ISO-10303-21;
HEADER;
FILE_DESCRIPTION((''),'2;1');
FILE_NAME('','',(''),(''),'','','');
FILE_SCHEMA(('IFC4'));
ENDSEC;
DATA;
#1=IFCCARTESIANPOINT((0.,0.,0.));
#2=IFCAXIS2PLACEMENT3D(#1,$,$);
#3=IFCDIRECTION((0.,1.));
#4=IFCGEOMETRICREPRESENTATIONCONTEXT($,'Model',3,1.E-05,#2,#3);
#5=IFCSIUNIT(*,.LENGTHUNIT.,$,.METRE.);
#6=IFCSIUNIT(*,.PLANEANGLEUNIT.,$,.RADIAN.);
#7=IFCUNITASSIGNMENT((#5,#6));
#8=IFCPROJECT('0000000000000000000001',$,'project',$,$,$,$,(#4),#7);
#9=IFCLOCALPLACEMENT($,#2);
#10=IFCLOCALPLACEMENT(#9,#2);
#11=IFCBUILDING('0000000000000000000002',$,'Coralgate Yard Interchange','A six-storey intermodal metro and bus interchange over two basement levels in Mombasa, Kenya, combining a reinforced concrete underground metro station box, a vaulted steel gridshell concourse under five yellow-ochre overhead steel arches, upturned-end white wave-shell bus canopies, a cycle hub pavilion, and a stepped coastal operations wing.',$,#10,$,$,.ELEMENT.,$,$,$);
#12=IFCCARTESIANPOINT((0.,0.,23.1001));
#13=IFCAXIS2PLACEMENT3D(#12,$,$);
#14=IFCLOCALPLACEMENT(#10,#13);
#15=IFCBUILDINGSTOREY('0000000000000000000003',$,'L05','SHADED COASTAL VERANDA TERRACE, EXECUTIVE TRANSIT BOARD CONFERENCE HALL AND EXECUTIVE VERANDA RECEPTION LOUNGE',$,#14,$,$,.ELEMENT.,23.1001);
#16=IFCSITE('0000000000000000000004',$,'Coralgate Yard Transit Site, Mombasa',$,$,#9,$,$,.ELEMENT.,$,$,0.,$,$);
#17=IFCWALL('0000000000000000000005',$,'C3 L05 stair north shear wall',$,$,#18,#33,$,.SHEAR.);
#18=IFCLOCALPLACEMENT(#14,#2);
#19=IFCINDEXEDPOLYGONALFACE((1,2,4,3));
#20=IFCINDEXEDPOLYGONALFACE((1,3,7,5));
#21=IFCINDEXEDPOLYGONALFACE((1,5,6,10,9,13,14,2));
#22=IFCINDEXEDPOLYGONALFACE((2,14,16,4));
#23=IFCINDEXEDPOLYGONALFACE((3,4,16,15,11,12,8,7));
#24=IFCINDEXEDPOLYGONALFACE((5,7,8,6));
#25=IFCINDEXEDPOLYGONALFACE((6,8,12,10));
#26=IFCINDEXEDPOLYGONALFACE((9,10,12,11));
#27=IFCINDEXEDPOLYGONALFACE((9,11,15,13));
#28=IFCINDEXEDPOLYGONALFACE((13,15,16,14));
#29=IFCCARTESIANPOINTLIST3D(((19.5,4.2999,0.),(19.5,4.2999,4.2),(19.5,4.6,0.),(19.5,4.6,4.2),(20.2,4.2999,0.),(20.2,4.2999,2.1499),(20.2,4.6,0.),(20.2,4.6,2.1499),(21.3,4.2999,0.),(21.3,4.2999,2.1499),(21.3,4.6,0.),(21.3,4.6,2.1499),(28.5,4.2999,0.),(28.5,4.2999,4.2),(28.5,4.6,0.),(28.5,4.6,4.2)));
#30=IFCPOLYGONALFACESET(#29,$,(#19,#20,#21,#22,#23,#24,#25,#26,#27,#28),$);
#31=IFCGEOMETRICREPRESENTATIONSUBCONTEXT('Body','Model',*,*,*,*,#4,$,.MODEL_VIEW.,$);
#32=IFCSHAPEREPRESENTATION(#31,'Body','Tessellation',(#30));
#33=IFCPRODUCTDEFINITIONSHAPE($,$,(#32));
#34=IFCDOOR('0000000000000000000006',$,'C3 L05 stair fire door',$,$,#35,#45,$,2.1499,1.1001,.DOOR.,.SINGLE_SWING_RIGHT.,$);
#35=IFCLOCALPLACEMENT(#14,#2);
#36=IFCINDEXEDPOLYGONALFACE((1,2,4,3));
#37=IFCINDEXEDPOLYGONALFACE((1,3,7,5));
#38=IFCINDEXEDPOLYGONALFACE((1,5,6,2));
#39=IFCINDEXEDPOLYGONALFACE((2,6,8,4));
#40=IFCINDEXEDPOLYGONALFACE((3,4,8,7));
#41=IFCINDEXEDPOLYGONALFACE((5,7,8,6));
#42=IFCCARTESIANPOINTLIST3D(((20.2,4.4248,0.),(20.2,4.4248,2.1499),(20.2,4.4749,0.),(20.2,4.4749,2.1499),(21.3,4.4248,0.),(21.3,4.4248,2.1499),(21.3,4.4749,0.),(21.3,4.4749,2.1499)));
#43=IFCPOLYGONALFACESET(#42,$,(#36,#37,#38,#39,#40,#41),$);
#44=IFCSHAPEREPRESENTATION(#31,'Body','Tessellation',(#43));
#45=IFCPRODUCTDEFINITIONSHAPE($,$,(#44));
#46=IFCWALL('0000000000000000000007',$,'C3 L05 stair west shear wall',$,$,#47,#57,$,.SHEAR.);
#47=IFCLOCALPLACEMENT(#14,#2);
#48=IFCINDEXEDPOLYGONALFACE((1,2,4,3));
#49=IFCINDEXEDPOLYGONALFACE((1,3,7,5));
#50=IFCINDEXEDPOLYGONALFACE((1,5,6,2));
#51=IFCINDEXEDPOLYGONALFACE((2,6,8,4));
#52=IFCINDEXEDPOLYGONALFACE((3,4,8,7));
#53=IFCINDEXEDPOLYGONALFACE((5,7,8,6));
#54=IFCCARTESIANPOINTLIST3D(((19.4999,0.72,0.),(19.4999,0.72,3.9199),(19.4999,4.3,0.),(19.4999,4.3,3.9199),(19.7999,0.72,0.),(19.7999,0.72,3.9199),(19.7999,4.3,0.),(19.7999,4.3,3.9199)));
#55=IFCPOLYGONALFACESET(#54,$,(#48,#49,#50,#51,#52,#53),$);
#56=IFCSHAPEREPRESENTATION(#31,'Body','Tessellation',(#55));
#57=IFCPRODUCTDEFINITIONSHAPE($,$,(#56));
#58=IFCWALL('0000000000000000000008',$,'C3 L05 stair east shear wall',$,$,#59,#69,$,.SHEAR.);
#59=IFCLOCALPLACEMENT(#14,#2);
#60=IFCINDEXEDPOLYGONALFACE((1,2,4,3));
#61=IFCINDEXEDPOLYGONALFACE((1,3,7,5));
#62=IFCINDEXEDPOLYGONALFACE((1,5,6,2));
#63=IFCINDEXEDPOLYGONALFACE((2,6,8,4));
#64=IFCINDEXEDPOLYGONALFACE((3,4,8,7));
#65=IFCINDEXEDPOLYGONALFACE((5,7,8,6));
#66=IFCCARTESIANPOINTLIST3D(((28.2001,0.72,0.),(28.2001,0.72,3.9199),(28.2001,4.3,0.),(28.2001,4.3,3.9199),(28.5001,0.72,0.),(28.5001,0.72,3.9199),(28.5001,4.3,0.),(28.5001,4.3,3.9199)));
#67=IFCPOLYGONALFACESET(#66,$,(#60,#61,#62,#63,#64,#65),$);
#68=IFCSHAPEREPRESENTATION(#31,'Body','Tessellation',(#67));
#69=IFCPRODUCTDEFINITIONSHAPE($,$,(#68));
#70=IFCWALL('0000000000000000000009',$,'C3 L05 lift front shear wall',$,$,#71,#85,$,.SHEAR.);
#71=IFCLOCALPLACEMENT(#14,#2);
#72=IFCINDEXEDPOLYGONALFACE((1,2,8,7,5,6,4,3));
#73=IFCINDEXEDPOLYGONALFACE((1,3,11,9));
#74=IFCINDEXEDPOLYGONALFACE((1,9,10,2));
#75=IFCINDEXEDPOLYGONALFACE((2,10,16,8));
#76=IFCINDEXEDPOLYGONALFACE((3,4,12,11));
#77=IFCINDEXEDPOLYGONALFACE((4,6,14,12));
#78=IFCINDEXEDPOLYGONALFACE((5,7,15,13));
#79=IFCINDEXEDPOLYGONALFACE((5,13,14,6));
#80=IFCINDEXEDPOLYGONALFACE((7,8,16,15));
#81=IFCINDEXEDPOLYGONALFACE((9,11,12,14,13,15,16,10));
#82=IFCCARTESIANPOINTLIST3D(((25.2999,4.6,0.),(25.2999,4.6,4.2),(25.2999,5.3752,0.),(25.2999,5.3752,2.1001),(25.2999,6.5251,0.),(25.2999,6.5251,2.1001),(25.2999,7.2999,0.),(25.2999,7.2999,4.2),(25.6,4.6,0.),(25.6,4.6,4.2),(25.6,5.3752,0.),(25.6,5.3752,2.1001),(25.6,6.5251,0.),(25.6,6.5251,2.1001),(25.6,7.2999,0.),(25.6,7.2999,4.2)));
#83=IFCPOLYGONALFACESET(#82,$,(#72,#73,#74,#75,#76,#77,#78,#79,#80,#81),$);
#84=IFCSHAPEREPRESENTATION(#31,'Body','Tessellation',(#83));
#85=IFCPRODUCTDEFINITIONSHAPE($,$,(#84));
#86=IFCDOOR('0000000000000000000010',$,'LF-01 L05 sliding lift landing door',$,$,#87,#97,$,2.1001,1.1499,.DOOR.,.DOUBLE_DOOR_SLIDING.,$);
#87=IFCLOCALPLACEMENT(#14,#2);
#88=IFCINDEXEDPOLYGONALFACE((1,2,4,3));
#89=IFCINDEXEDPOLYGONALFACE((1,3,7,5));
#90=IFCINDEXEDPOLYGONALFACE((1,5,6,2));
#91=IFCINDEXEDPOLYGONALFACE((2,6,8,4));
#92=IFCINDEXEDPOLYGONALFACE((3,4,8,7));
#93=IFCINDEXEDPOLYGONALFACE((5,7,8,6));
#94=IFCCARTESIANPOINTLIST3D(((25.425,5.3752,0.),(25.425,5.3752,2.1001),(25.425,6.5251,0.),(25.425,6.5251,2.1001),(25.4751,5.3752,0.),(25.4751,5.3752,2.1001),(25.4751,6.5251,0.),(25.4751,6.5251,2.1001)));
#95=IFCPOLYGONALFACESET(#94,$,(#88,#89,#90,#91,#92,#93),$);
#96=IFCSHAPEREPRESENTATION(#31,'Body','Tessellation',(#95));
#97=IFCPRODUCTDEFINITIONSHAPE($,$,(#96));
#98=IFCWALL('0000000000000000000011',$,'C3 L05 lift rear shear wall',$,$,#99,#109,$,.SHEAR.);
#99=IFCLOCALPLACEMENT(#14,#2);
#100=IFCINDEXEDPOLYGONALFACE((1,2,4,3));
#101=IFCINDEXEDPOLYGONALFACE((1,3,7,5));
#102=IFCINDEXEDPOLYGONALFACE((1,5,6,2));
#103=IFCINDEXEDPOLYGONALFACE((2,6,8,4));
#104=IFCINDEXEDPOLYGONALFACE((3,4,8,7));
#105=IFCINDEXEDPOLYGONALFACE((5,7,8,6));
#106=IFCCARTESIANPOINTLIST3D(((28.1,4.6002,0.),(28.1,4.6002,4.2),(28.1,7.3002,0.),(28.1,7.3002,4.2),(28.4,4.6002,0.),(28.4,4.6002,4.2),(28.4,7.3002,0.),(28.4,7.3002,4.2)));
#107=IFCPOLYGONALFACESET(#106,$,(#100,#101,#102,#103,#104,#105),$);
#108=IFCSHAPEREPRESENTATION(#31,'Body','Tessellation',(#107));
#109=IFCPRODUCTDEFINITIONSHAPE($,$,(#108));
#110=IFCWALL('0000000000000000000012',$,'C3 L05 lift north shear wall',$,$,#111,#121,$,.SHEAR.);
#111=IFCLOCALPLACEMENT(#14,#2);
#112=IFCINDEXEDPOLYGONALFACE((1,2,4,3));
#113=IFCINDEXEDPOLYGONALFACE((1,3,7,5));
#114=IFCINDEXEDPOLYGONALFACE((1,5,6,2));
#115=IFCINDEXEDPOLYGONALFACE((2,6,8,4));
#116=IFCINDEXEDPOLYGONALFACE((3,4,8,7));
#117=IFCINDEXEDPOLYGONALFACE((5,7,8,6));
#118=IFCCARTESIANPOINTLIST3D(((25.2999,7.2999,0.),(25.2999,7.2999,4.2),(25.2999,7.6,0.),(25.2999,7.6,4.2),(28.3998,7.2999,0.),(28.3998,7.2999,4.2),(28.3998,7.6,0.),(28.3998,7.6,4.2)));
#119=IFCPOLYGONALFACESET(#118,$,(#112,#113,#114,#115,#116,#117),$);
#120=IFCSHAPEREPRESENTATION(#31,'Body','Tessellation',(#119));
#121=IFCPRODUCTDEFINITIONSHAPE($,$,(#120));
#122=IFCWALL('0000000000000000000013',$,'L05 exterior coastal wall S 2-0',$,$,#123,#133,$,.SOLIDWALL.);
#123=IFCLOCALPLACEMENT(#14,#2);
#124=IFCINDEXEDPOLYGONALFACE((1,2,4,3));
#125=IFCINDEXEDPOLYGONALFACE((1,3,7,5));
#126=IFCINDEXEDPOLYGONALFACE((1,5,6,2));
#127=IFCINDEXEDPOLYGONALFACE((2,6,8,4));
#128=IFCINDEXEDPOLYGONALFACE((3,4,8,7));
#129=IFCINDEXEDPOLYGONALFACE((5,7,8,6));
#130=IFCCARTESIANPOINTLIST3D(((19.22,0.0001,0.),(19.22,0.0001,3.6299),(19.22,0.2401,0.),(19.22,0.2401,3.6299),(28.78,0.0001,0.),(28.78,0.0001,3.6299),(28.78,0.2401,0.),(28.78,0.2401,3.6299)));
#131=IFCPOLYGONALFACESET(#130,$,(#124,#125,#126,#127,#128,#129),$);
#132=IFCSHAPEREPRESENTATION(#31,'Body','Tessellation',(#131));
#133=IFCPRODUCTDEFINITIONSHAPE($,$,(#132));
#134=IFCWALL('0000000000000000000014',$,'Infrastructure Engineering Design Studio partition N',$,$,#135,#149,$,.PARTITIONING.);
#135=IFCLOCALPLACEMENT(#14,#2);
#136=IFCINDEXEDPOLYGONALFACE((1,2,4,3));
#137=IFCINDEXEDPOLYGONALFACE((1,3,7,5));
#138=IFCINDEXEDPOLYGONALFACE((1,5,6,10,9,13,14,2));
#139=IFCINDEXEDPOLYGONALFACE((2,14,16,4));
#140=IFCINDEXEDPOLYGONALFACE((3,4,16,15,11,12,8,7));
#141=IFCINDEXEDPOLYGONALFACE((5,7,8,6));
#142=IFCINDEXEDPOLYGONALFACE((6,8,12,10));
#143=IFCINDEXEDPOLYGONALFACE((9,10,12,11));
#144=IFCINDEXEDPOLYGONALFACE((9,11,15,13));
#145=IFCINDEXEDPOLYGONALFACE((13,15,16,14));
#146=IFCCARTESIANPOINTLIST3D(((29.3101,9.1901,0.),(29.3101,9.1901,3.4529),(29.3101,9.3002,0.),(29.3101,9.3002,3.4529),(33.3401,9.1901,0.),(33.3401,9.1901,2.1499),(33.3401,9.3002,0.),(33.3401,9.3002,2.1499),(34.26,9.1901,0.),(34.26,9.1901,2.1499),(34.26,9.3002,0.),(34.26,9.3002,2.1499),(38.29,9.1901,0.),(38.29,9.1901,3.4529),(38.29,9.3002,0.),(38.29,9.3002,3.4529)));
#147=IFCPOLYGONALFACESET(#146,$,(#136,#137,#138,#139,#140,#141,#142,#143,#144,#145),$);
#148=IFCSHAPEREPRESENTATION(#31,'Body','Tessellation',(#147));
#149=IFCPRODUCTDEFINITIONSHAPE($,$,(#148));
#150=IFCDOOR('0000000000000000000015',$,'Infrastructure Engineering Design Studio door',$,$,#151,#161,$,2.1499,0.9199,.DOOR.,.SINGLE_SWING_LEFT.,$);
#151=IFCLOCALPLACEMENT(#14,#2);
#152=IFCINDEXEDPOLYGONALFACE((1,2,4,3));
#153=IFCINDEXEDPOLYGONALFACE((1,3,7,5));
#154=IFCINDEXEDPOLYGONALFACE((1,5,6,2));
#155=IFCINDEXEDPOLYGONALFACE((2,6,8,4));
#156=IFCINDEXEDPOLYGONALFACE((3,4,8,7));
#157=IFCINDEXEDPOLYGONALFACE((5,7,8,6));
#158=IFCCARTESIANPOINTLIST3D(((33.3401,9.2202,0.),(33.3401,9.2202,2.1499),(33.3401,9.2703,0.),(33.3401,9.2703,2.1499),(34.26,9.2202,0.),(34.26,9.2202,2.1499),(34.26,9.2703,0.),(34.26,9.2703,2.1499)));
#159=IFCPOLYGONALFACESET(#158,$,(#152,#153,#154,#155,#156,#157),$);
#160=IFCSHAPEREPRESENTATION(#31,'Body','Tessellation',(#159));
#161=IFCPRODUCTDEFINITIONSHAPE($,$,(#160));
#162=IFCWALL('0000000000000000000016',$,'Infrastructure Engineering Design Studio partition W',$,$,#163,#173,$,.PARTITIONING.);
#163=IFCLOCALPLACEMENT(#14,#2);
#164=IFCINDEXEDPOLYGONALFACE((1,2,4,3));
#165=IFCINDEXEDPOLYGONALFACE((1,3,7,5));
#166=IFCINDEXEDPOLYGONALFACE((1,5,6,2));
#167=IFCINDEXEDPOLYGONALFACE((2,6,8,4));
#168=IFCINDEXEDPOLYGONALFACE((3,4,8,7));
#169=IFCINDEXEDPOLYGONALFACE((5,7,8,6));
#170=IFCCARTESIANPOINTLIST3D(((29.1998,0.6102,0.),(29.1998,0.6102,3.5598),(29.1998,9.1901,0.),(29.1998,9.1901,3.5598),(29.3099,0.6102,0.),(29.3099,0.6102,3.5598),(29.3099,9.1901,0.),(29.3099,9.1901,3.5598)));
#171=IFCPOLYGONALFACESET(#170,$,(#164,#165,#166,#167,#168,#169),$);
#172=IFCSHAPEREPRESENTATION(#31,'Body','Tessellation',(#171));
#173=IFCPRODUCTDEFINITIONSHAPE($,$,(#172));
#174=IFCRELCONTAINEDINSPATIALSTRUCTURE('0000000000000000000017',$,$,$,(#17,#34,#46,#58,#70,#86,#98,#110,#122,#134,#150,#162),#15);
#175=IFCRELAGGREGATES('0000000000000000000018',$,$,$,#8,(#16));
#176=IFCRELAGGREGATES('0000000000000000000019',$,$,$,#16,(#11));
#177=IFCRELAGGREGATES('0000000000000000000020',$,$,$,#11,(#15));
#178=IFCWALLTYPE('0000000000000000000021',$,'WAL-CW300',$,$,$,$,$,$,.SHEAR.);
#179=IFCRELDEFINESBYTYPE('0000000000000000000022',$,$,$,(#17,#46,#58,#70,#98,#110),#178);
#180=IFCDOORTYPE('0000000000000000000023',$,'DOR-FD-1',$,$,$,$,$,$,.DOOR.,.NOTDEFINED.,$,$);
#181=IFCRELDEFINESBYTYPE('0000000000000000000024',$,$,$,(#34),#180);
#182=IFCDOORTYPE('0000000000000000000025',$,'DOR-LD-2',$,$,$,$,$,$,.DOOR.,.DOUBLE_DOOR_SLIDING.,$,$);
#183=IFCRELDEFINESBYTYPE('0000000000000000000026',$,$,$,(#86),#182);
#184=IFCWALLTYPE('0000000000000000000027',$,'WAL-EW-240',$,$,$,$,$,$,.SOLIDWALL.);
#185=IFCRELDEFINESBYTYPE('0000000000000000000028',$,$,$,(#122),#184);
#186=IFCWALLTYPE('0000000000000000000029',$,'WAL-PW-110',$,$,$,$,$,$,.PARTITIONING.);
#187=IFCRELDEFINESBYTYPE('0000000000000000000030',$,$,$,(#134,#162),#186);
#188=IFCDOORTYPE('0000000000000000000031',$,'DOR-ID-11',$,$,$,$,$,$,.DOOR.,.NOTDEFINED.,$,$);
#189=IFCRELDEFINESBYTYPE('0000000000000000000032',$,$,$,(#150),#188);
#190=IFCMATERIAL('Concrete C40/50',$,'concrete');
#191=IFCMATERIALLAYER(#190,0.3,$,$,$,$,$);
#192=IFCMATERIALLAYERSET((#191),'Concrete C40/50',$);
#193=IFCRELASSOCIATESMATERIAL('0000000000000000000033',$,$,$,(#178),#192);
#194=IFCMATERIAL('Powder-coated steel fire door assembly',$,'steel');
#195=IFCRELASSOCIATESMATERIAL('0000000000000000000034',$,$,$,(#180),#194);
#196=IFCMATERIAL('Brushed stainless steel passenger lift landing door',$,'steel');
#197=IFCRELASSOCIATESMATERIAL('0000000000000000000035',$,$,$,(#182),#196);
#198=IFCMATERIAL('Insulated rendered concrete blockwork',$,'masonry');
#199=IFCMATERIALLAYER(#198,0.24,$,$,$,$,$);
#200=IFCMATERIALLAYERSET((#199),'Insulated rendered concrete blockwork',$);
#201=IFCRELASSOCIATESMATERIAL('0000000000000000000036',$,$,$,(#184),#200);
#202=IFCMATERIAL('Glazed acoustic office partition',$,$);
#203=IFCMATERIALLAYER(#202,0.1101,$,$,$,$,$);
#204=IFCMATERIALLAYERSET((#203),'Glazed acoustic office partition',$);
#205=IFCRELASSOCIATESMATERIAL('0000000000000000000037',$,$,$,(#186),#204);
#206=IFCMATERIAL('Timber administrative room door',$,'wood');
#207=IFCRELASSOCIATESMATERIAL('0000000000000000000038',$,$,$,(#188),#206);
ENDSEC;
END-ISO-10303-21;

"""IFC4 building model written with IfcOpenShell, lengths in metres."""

from ifc_helpers import new_model, si_unit, direction, frame, frame_2d, origin, place, context, subcontext, project, spatial, rectangle, extrude, material, layer, layer_set, type_object, element, fill, save


model = new_model("IFC4")

# Units and contexts
model_context = context("Model", 3, precision=1e-05, world=origin(), true_north=direction((0.0, 1.0)))
body_context = subcontext(model_context, "Body", "Model", "MODEL_VIEW")
ifc_project = project(units=[si_unit("LENGTHUNIT", "METRE"), si_unit("PLANEANGLEUNIT", "RADIAN")], contexts=[model_context])

# Site, building, storey
site_placement = place(None, origin())
site = spatial("IfcSite", under=ifc_project, at=site_placement, Name="Coralgate Yard Transit Site, Mombasa", CompositionType="ELEMENT", RefElevation=0.0)
building_placement = place(site_placement, origin())
building = spatial("IfcBuilding", under=site, at=building_placement, Name="Coralgate Yard Interchange", Description="A six-storey intermodal metro and bus interchange over two basement levels in Mombasa, Kenya, combining a reinforced concrete underground metro station box, a vaulted steel gridshell concourse under five yellow-ochre overhead steel arches, upturned-end white wave-shell bus canopies, a cycle hub pavilion, and a stepped coastal operations wing.", CompositionType="ELEMENT")
storey_placement = place(building_placement, frame((0.0, 0.0, 23.1001)))
storey = spatial("IfcBuildingStorey", under=building, at=storey_placement, Name="L05", Description="SHADED COASTAL VERANDA TERRACE, EXECUTIVE TRANSIT BOARD CONFERENCE HALL AND EXECUTIVE VERANDA RECEPTION LOUNGE", CompositionType="ELEMENT", Elevation=23.1001)

# Shared definitions
ifc_material_1 = material(Name="Concrete C40/50", Category="concrete")
ifc_layer_1 = layer(ifc_material_1, 0.3)
ifc_layer_set_1 = layer_set([ifc_layer_1], Name="Concrete C40/50")
wall_type_1 = type_object("IfcWallType", Name="WAL-CW300", PredefinedType="SHEAR", material=ifc_layer_set_1)

# Wall, opening, door
wall_1_placement = place(storey_placement, frame((28.5, 4.45, 0.0), z_axis=(0.0, 0.0, 1.0), x_axis=(-1.0, 0.0, 0.0)))
wall_1 = element("IfcWall", 1, at=wall_1_placement, inside=storey, type_object=wall_type_1, Name="C3 L05 stair north shear wall", PredefinedType="SHEAR", context=body_context, shape_type="SweptSolid", body=[
    extrude(rectangle(XDim=9.0, YDim=0.3, at=frame_2d((4.5, 0.0))), origin(), (0.0, 0.0, 1.0), 4.2),
])
opening_1_placement = place(wall_1_placement, frame((7.2, 0.0, 0.0)))
opening_1 = element("IfcOpeningElement", 2, at=opening_1_placement, cuts=wall_1, PredefinedType="OPENING", context=body_context, shape_type="SweptSolid", body=[
    extrude(rectangle(XDim=1.1001, YDim=2.1499, at=frame_2d((0.55, 1.075))), frame((0.0, 0.1599, 0.0), z_axis=(0.0, -1.0, 0.0), x_axis=(1.0, 0.0, 0.0)), (0.0, 0.0, 1.0), 0.3201),
])
ifc_material_2 = material(Name="Powder-coated steel fire door assembly", Category="steel")
door_type_1 = type_object("IfcDoorType", Name="DOR-FD-1", OperationType="NOTDEFINED", PredefinedType="DOOR", material=ifc_material_2)
door_1_placement = place(opening_1_placement, frame((1.1001, 0.0, 0.0), z_axis=(0.0, 0.0, 1.0), x_axis=(-1.0, 0.0, 0.0)))
door_1 = element("IfcDoor", 3, at=door_1_placement, inside=storey, type_object=door_type_1, Name="C3 L05 stair fire door", OperationType="SINGLE_SWING_RIGHT", OverallHeight=2.1499, OverallWidth=1.1001, PredefinedType="DOOR", context=body_context, shape_type="SweptSolid", body=[
    extrude(rectangle(XDim=1.1001, YDim=2.1499, at=frame_2d((0.55, 1.075))), frame((0.0, 0.0249, 0.0), z_axis=(0.0, -1.0, 0.0), x_axis=(1.0, 0.0, 0.0)), (0.0, 0.0, 1.0), 0.05),
])
fill(opening_1, door_1)

# Walls
for number, where, z_axis, x_axis, name in (
    (4, (19.6499, 0.72, 0.0), (0.0, 0.0, 1.0), (0.0, 1.0, 0.0), "C3 L05 stair west shear wall"),
    (5, (28.3501, 4.3, 0.0), (0.0, 0.0, 1.0), (0.0, -1.0, 0.0), "C3 L05 stair east shear wall"),
):
    element("IfcWall", number, at=place(storey_placement, frame(where, z_axis=z_axis, x_axis=x_axis)), inside=storey, type_object=wall_type_1, Name=name, PredefinedType="SHEAR", context=body_context, shape_type="SweptSolid", body=[
        extrude(rectangle(XDim=3.5801, YDim=0.3, at=frame_2d((1.79, 0.0))), origin(), (0.0, 0.0, 1.0), 3.9199),
    ])

# Wall, opening, door
wall_2_placement = place(storey_placement, frame((25.45, 7.3, 0.0), z_axis=(0.0, 0.0, 1.0), x_axis=(0.0, -1.0, 0.0)))
wall_2 = element("IfcWall", 6, at=wall_2_placement, inside=storey, type_object=wall_type_1, Name="C3 L05 lift front shear wall", PredefinedType="SHEAR", context=body_context, shape_type="SweptSolid", body=[
    extrude(rectangle(XDim=2.7, YDim=0.3, at=frame_2d((1.3501, 0.0))), origin(), (0.0, 0.0, 1.0), 4.2),
])
opening_2_placement = place(wall_2_placement, frame((0.7749, 0.0, 0.0)))
opening_2 = element("IfcOpeningElement", 7, at=opening_2_placement, cuts=wall_2, PredefinedType="OPENING", context=body_context, shape_type="SweptSolid", body=[
    extrude(rectangle(XDim=1.1499, YDim=2.1001, at=frame_2d((0.575, 1.05))), frame((0.0, 0.1599, 0.0), z_axis=(0.0, -1.0, 0.0), x_axis=(1.0, 0.0, 0.0)), (0.0, 0.0, 1.0), 0.3201),
])
ifc_material_3 = material(Name="Brushed stainless steel passenger lift landing door", Category="steel")
door_type_2 = type_object("IfcDoorType", Name="DOR-LD-2", OperationType="DOUBLE_DOOR_SLIDING", PredefinedType="DOOR", material=ifc_material_3)
door_2_placement = place(opening_2_placement, frame((1.1499, 0.0, 0.0), z_axis=(0.0, 0.0, 1.0), x_axis=(-1.0, 0.0, 0.0)))
door_2 = element("IfcDoor", 8, at=door_2_placement, inside=storey, type_object=door_type_2, Name="LF-01 L05 sliding lift landing door", OperationType="DOUBLE_DOOR_SLIDING", OverallHeight=2.1001, OverallWidth=1.1499, PredefinedType="DOOR", context=body_context, shape_type="SweptSolid", body=[
    extrude(rectangle(XDim=1.1499, YDim=2.1001, at=frame_2d((0.575, 1.05))), frame((0.0, 0.0249, 0.0), z_axis=(0.0, -1.0, 0.0), x_axis=(1.0, 0.0, 0.0)), (0.0, 0.0, 1.0), 0.05),
])
fill(opening_2, door_2)

# Walls
wall_3_placement = place(storey_placement, frame((28.25, 4.6001, 0.0), z_axis=(0.0, 0.0, 1.0), x_axis=(0.0, 1.0, 0.0)))
element("IfcWall", 9, at=wall_3_placement, inside=storey, type_object=wall_type_1, Name="C3 L05 lift rear shear wall", PredefinedType="SHEAR", context=body_context, shape_type="SweptSolid", body=[
    extrude(rectangle(XDim=2.7, YDim=0.3, at=frame_2d((1.3501, 0.0))), origin(), (0.0, 0.0, 1.0), 4.2),
])
wall_4_placement = place(storey_placement, frame((25.3, 7.45, 0.0), z_axis=(0.0, 0.0, 1.0), x_axis=(1.0, 0.0, 0.0)))
element("IfcWall", 10, at=wall_4_placement, inside=storey, type_object=wall_type_1, Name="C3 L05 lift north shear wall", PredefinedType="SHEAR", context=body_context, shape_type="SweptSolid", body=[
    extrude(rectangle(XDim=3.0999, YDim=0.3, at=frame_2d((1.5498, 0.0))), origin(), (0.0, 0.0, 1.0), 4.2),
])
ifc_material_4 = material(Name="Insulated rendered concrete blockwork", Category="masonry")
ifc_layer_2 = layer(ifc_material_4, 0.24)
ifc_layer_set_2 = layer_set([ifc_layer_2], Name="Insulated rendered concrete blockwork")
wall_type_2 = type_object("IfcWallType", Name="WAL-EW-240", PredefinedType="SOLIDWALL", material=ifc_layer_set_2)
wall_5_placement = place(storey_placement, frame((28.78, 0.1201, 0.0), z_axis=(0.0, 0.0, 1.0), x_axis=(-1.0, 0.0, 0.0)))
element("IfcWall", 11, at=wall_5_placement, inside=storey, type_object=wall_type_2, Name="L05 exterior coastal wall S 2-0", PredefinedType="SOLIDWALL", context=body_context, shape_type="SweptSolid", body=[
    extrude(rectangle(XDim=9.5601, YDim=0.24, at=frame_2d((4.78, 0.0))), origin(), (0.0, 0.0, 1.0), 3.6299),
])

# Wall, opening, door
ifc_material_5 = material(Name="Glazed acoustic office partition")
ifc_layer_3 = layer(ifc_material_5, 0.1101)
ifc_layer_set_3 = layer_set([ifc_layer_3], Name="Glazed acoustic office partition")
wall_type_3 = type_object("IfcWallType", Name="WAL-PW-110", PredefinedType="PARTITIONING", material=ifc_layer_set_3)
wall_6_placement = place(storey_placement, frame((29.3101, 9.2451, 0.0), z_axis=(0.0, 0.0, 1.0), x_axis=(1.0, 0.0, 0.0)))
wall_6 = element("IfcWall", 12, at=wall_6_placement, inside=storey, type_object=wall_type_3, Name="Infrastructure Engineering Design Studio partition N", PredefinedType="PARTITIONING", context=body_context, shape_type="SweptSolid", body=[
    extrude(rectangle(XDim=8.98, YDim=0.1101, at=frame_2d((4.49, 0.0))), origin(), (0.0, 0.0, 1.0), 3.4529),
])
opening_3_placement = place(wall_6_placement, frame((4.03, 0.0, 0.0)))
opening_3 = element("IfcOpeningElement", 13, at=opening_3_placement, cuts=wall_6, PredefinedType="OPENING", context=body_context, shape_type="SweptSolid", body=[
    extrude(rectangle(XDim=0.9199, YDim=2.1499, at=frame_2d((0.46, 1.075))), frame((0.0, 0.0649, 0.0), z_axis=(0.0, -1.0, 0.0), x_axis=(1.0, 0.0, 0.0)), (0.0, 0.0, 1.0), 0.1301),
])
ifc_material_6 = material(Name="Timber administrative room door", Category="wood")
door_type_3 = type_object("IfcDoorType", Name="DOR-ID-11", OperationType="NOTDEFINED", PredefinedType="DOOR", material=ifc_material_6)
door_3_placement = place(opening_3_placement, frame((0.9199, 0.0, 0.0), z_axis=(0.0, 0.0, 1.0), x_axis=(-1.0, 0.0, 0.0)))
door_3 = element("IfcDoor", 14, at=door_3_placement, inside=storey, type_object=door_type_3, Name="Infrastructure Engineering Design Studio door", OperationType="SINGLE_SWING_LEFT", OverallHeight=2.1499, OverallWidth=0.9199, PredefinedType="DOOR", context=body_context, shape_type="SweptSolid", body=[
    extrude(rectangle(XDim=0.9199, YDim=2.1499, at=frame_2d((0.46, 1.075))), frame((0.0, 0.0249, 0.0), z_axis=(0.0, -1.0, 0.0), x_axis=(1.0, 0.0, 0.0)), (0.0, 0.0, 1.0), 0.05),
])
fill(opening_3, door_3)

# Wall
wall_7_placement = place(storey_placement, frame((29.2549, 0.6101, 0.0), z_axis=(0.0, 0.0, 1.0), x_axis=(0.0, 1.0, 0.0)))
element("IfcWall", 15, at=wall_7_placement, inside=storey, type_object=wall_type_3, Name="Infrastructure Engineering Design Studio partition W", PredefinedType="PARTITIONING", context=body_context, shape_type="SweptSolid", body=[
    extrude(rectangle(XDim=8.5798, YDim=0.1101, at=frame_2d((4.29, 0.0))), origin(), (0.0, 0.0, 1.0), 3.5598),
])

save(model, "model.ifc")
